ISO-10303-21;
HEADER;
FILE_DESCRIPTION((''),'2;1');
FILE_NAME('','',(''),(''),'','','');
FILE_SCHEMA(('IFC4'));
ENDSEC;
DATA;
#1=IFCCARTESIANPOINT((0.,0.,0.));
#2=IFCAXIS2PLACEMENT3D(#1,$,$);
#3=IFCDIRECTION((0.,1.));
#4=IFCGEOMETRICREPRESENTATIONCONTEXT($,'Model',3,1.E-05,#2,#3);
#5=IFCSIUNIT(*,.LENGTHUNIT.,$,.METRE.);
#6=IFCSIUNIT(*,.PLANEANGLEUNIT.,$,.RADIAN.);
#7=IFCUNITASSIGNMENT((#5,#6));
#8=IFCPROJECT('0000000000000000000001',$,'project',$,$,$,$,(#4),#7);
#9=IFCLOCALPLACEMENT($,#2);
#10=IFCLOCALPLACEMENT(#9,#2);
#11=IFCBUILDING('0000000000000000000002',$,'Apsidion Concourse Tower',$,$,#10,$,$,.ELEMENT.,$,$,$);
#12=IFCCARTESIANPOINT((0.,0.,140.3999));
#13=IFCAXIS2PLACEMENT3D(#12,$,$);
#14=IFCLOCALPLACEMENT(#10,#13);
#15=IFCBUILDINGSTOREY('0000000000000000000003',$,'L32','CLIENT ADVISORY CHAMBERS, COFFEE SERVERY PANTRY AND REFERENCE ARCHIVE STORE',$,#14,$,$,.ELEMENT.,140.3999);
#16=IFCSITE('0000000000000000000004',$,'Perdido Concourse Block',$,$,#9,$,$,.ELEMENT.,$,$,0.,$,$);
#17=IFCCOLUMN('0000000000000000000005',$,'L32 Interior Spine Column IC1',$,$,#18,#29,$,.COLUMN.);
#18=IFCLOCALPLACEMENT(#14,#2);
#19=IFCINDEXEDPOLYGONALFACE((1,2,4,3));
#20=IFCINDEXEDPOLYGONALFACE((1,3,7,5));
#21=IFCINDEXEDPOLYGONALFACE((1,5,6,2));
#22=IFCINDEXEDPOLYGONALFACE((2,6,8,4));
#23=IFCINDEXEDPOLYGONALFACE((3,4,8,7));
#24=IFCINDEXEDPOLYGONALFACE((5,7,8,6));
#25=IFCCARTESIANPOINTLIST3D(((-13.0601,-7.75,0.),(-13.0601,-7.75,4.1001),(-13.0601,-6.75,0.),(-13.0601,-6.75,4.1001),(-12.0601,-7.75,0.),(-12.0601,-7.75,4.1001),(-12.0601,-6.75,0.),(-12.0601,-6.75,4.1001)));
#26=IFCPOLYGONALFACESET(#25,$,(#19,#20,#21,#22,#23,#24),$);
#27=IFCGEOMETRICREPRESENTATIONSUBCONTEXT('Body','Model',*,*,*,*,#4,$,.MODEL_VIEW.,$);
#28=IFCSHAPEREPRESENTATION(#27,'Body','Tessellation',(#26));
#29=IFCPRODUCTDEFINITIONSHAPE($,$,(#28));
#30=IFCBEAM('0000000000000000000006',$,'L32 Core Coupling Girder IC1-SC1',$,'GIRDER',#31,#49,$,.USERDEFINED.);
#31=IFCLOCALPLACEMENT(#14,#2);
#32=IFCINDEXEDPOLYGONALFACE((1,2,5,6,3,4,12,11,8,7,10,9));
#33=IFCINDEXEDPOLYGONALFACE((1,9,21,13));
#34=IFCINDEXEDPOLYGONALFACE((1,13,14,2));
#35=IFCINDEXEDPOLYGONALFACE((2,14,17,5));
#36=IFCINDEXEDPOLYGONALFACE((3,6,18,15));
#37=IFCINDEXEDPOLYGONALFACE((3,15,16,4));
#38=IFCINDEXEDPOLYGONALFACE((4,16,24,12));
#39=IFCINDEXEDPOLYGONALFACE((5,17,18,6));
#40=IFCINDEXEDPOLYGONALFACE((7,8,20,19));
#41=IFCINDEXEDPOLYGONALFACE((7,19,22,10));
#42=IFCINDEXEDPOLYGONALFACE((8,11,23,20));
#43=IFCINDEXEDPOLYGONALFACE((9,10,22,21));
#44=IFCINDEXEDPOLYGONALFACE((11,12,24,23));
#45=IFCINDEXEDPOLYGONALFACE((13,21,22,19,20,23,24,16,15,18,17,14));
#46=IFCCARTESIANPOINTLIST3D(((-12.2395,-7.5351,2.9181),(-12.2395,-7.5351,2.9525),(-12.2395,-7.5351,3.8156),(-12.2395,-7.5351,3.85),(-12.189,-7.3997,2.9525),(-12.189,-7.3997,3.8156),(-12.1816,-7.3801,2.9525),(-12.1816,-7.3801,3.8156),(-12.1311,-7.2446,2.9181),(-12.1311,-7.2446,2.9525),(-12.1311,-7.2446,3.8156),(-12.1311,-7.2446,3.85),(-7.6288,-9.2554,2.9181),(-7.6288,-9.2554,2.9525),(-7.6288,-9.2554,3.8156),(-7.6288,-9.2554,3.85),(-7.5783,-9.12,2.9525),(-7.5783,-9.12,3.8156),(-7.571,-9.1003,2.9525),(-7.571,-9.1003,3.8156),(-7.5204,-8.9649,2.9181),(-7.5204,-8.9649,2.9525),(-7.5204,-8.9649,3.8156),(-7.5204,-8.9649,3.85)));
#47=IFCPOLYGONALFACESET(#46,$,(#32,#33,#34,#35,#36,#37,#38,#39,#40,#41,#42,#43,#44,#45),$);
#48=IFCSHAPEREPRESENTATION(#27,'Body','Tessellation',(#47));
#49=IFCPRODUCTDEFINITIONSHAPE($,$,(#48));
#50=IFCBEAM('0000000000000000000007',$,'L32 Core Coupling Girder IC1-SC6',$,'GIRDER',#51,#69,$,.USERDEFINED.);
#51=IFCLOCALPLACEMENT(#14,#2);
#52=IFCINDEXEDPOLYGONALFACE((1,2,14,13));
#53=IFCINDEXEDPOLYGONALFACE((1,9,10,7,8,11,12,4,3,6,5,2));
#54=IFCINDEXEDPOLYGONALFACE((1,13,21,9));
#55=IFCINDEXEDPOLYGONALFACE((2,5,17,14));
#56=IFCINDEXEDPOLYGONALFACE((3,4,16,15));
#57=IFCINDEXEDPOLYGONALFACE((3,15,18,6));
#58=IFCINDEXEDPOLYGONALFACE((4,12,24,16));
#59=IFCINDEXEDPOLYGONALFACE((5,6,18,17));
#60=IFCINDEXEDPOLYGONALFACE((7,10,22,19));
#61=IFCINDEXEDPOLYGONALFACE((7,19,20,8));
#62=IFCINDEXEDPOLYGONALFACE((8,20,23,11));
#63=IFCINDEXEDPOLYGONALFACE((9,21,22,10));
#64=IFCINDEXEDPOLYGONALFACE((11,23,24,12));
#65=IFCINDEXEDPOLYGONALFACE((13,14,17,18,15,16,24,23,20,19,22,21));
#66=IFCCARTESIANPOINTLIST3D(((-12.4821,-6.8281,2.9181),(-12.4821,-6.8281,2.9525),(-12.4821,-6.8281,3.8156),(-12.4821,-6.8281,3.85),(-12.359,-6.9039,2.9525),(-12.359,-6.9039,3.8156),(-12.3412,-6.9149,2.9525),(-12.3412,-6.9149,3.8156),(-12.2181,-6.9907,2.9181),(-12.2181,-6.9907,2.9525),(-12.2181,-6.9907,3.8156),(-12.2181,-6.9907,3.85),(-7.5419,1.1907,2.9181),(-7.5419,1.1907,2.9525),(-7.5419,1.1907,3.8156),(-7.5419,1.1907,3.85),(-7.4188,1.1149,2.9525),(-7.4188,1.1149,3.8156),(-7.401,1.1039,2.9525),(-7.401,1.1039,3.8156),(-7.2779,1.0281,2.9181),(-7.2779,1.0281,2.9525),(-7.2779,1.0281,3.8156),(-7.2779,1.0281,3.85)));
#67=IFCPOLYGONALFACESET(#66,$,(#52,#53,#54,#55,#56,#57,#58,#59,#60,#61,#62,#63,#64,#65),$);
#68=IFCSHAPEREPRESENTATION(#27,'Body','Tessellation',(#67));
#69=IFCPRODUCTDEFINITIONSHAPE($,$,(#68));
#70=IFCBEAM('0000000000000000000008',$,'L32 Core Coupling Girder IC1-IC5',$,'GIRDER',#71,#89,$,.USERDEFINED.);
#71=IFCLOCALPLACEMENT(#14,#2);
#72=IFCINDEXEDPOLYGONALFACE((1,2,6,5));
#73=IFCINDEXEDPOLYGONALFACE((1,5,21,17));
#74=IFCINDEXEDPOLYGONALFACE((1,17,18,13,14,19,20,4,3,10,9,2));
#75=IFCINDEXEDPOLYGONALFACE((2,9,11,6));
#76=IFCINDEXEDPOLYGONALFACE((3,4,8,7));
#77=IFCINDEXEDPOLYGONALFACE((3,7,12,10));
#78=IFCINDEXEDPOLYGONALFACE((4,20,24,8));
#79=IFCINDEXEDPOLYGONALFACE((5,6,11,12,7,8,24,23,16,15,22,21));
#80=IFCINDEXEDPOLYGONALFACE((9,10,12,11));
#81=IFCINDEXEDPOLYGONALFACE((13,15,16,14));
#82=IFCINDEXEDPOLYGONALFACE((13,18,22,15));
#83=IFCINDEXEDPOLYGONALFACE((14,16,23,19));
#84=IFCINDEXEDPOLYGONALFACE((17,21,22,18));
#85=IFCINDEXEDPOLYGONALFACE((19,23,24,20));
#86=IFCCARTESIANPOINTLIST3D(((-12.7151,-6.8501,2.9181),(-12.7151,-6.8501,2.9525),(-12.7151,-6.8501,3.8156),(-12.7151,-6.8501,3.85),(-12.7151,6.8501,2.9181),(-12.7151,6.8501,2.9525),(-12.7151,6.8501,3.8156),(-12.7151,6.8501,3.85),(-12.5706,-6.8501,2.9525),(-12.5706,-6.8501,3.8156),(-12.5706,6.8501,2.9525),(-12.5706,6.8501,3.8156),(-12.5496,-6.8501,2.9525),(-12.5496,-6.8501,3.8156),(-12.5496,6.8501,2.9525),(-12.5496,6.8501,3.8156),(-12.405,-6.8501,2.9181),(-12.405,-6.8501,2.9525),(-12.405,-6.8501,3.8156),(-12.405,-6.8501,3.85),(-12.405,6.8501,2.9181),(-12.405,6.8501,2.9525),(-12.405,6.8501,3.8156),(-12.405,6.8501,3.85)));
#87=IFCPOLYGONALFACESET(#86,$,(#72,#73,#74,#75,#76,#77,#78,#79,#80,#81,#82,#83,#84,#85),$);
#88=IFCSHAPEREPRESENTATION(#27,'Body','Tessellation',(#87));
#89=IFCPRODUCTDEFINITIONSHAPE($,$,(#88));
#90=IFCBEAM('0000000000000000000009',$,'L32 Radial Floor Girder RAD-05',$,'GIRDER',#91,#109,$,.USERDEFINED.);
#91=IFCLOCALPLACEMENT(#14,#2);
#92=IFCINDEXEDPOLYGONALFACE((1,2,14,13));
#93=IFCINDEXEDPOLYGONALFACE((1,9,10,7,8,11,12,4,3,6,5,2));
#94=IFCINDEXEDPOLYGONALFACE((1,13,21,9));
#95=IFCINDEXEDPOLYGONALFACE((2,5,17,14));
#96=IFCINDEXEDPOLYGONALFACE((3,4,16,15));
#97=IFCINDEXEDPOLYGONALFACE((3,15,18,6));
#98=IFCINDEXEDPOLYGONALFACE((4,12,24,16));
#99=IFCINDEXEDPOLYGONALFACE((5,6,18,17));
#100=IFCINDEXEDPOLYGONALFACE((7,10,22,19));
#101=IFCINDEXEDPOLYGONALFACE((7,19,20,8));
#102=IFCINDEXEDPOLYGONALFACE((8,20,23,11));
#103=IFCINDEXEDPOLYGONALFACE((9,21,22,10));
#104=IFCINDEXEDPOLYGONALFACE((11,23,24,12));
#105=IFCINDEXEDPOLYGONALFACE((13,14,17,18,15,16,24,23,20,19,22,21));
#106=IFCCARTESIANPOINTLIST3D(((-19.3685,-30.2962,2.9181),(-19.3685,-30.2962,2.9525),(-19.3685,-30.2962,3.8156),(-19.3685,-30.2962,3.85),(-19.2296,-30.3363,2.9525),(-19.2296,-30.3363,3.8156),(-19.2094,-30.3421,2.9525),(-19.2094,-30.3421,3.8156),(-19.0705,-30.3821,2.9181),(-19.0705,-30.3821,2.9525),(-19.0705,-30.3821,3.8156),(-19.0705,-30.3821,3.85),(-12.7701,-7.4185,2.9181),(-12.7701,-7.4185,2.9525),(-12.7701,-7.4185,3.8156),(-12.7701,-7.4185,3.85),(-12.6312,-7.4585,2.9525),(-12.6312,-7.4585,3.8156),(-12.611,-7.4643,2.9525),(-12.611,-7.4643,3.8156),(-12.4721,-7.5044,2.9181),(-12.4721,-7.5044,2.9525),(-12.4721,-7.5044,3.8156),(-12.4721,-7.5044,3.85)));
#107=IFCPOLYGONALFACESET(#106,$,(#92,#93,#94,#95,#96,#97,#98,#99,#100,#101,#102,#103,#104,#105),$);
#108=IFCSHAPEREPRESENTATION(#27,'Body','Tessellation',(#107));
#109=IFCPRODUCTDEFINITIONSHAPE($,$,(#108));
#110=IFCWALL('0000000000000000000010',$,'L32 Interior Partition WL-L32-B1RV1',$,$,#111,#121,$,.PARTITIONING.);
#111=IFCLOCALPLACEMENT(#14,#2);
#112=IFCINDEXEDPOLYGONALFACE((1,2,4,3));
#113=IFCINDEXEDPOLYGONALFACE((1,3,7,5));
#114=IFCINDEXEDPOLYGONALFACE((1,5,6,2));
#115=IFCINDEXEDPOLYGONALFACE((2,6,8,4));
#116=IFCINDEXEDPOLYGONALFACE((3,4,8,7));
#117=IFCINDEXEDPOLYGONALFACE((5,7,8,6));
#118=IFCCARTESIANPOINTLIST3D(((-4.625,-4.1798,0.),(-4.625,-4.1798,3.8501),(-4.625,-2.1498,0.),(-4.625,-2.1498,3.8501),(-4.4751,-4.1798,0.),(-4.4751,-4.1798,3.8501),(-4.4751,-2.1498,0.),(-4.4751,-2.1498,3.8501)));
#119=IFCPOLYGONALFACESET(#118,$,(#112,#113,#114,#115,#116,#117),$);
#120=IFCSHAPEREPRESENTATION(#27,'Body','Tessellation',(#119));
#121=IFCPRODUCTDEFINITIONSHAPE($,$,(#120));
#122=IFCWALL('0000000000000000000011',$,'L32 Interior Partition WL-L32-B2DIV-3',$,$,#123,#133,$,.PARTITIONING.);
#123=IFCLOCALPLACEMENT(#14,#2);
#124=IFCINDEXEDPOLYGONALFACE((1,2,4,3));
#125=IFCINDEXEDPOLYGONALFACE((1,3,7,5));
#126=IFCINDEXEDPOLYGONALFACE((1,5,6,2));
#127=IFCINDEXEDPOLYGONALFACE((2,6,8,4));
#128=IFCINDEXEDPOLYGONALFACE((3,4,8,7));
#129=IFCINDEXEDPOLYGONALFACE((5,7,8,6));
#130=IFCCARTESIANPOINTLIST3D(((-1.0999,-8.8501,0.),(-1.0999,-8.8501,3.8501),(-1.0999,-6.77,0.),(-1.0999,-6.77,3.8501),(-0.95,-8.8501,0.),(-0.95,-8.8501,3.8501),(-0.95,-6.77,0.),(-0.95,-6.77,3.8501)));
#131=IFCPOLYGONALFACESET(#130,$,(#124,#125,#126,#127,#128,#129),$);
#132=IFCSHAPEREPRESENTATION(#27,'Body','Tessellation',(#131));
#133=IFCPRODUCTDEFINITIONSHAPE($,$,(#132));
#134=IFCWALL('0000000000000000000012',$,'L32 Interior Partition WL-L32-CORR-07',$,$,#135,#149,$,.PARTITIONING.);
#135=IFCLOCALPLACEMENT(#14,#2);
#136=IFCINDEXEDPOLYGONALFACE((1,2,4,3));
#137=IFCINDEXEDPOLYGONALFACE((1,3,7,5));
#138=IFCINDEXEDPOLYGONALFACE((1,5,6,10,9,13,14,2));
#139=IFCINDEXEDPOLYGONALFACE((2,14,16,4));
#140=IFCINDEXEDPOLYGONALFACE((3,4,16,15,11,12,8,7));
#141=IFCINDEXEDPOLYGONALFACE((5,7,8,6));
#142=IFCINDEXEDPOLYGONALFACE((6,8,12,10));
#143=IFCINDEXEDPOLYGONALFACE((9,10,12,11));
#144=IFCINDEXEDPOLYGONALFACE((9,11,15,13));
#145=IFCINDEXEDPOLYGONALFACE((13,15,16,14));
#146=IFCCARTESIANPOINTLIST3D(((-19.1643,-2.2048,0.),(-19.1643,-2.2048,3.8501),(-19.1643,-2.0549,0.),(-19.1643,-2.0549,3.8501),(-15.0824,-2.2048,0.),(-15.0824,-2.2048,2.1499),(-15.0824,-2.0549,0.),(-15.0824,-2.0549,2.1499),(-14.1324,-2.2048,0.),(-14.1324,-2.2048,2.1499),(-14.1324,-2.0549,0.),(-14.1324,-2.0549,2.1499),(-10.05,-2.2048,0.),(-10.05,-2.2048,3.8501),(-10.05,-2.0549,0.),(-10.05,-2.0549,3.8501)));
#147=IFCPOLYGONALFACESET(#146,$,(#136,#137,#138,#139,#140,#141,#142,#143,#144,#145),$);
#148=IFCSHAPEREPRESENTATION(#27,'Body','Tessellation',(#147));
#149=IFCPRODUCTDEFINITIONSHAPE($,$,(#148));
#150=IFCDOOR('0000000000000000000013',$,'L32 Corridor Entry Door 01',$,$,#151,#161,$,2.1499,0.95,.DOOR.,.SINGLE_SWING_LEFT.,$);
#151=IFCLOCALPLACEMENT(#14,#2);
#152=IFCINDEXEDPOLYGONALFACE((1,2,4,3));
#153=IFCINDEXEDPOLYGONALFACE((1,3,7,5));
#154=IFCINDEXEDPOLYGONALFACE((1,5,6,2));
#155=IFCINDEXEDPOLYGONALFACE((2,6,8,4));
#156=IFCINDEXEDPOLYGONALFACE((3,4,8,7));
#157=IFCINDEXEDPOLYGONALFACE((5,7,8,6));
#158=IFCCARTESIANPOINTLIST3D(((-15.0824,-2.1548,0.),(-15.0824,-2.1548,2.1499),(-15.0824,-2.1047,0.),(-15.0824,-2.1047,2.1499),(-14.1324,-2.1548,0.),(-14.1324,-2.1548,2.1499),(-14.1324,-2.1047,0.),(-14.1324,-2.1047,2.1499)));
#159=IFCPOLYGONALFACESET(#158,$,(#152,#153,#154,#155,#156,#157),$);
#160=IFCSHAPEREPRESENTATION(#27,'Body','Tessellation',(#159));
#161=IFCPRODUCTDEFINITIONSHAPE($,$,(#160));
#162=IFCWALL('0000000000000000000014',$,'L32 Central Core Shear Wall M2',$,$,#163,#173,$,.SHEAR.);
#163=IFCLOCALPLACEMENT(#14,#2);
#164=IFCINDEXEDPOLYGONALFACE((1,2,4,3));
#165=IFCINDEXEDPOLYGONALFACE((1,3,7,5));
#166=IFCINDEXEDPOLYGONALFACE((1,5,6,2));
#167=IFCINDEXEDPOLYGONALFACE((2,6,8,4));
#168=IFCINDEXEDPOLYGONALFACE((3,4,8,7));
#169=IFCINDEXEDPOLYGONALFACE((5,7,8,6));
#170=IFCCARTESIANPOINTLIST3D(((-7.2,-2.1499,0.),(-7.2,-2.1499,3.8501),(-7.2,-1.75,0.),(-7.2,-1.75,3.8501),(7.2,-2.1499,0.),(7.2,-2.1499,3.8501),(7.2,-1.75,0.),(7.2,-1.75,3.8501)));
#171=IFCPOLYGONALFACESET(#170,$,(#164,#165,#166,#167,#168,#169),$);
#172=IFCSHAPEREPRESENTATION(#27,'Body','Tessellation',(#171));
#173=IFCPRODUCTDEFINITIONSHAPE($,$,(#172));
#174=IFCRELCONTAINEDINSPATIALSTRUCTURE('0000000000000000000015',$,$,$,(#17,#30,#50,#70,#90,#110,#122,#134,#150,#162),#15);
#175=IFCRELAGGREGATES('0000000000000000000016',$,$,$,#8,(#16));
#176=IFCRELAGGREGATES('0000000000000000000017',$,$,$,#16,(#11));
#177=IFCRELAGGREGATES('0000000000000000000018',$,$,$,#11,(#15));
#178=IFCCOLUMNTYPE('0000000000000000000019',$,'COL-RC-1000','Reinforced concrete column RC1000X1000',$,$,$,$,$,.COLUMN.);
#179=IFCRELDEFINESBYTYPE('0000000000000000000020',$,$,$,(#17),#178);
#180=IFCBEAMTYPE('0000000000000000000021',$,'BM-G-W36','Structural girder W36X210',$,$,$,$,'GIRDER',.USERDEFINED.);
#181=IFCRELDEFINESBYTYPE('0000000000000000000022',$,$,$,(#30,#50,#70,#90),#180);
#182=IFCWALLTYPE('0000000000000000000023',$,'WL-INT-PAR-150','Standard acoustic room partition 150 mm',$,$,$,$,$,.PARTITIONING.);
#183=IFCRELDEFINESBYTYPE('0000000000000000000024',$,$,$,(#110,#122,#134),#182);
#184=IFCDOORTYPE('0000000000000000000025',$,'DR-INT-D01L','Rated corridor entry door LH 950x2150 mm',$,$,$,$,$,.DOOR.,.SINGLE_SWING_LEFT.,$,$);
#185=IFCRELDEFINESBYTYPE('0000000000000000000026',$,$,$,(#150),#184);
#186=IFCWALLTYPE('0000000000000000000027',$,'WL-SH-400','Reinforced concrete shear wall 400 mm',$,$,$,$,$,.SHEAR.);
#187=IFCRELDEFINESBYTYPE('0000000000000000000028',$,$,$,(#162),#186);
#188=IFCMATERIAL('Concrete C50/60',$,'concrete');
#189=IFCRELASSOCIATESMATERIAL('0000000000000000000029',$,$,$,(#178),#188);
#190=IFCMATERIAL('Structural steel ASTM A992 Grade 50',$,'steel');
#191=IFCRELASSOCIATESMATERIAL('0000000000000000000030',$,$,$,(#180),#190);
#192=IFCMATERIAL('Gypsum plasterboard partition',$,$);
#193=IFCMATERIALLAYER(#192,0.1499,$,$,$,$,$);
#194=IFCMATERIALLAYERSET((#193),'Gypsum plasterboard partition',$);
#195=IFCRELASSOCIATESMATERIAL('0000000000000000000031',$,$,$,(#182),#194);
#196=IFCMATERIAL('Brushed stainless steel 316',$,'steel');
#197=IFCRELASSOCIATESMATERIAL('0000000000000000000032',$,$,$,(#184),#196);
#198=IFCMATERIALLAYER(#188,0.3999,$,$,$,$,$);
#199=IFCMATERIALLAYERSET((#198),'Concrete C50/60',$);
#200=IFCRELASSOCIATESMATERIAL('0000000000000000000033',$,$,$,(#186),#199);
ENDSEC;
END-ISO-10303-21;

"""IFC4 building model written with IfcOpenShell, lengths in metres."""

from ifc_helpers import new_model, si_unit, direction, frame, frame_2d, origin, origin_2d, place, context, subcontext, project, spatial, rectangle, i_section, extrude, material, layer, layer_set, material_profile, profile_set, type_object, element, fill, save


model = new_model("IFC4")

# Units and contexts
model_context = context("Model", 3, precision=1e-05, world=origin(), true_north=direction((0.0, 1.0)))
body_context = subcontext(model_context, "Body", "Model", "MODEL_VIEW")
ifc_project = project(units=[si_unit("LENGTHUNIT", "METRE"), si_unit("PLANEANGLEUNIT", "RADIAN")], contexts=[model_context])

# Site, building, storey
site_placement = place(None, origin())
site = spatial("IfcSite", under=ifc_project, at=site_placement, Name="Perdido Concourse Block", CompositionType="ELEMENT", RefElevation=0.0)
building_placement = place(site_placement, origin())
building = spatial("IfcBuilding", under=site, at=building_placement, Name="Apsidion Concourse Tower", CompositionType="ELEMENT")
storey_placement = place(building_placement, frame((0.0, 0.0, 140.3999)))
storey = spatial("IfcBuildingStorey", under=building, at=storey_placement, Name="L32", Description="CLIENT ADVISORY CHAMBERS, COFFEE SERVERY PANTRY AND REFERENCE ARCHIVE STORE", CompositionType="ELEMENT", Elevation=140.3999)

# Column
ifc_material_1 = material(Name="Concrete C50/60", Category="concrete")
ifc_material_profile_1 = material_profile(ifc_material_1, rectangle(XDim=1.0, YDim=1.0, at=origin_2d()), Name="RC 1000x1000")
ifc_profile_set_1 = profile_set([ifc_material_profile_1], Name="Concrete C50/60")
column_type = type_object("IfcColumnType", Name="COL-RC-1000", Description="Reinforced concrete column RC1000X1000", PredefinedType="COLUMN", material=ifc_profile_set_1)
column_placement = place(storey_placement, frame((-12.5601, -7.25, 0.0), z_axis=(0.0, 0.0, 1.0), x_axis=(1.0, 0.0, 0.0)))
element("IfcColumn", 1, at=column_placement, inside=storey, type_object=column_type, Name="L32 Interior Spine Column IC1", PredefinedType="COLUMN", context=body_context, shape_type="SweptSolid", body=[
    extrude(rectangle(XDim=1.0, YDim=1.0, at=origin_2d()), origin(), (0.0, 0.0, 1.0), 4.1001),
])

# Beams
ifc_material_2 = material(Name="Structural steel ASTM A992 Grade 50", Category="steel")
ifc_material_profile_2 = material_profile(ifc_material_2, i_section(OverallWidth=0.3101, OverallDepth=0.9319, WebThickness=0.021, FlangeThickness=0.0344, at=origin_2d()), Name="W36X210")
ifc_profile_set_2 = profile_set([ifc_material_profile_2], Name="Structural steel ASTM A992 Grade 50")
beam_type = type_object("IfcBeamType", Name="BM-G-W36", Description="Structural girder W36X210", ElementType="GIRDER", PredefinedType="USERDEFINED", material=ifc_profile_set_2)
beam_1_placement = place(storey_placement, frame((-12.1853, -7.3899, 3.384), z_axis=(0.936913, -0.349563, 0.0), x_axis=(0.349563, 0.936913, 0.0)))
element("IfcBeam", 2, at=beam_1_placement, inside=storey, type_object=beam_type, Name="L32 Core Coupling Girder IC1-SC1", ObjectType="GIRDER", PredefinedType="USERDEFINED", context=body_context, shape_type="SweptSolid", body=[
    extrude(i_section(OverallWidth=0.3101, OverallDepth=0.9319, WebThickness=0.021, FlangeThickness=0.0344, at=origin_2d()), origin(), (0.0, 0.0, 1.0), 4.9211),
])
beam_2_placement = place(storey_placement, frame((-12.3501, -6.9094, 3.384), z_axis=(0.524524, 0.851396, 0.0), x_axis=(-0.851396, 0.524524, 0.0)))
element("IfcBeam", 3, at=beam_2_placement, inside=storey, type_object=beam_type, Name="L32 Core Coupling Girder IC1-SC6", ObjectType="GIRDER", PredefinedType="USERDEFINED", context=body_context, shape_type="SweptSolid", body=[
    extrude(i_section(OverallWidth=0.3101, OverallDepth=0.9319, WebThickness=0.021, FlangeThickness=0.0344, at=origin_2d()), origin(), (0.0, 0.0, 1.0), 9.4185),
])
beam_3_placement = place(storey_placement, frame((-12.5601, -6.8501, 3.384), z_axis=(0.0, 1.0, 0.0), x_axis=(-1.0, 0.0, 0.0)))
element("IfcBeam", 4, at=beam_3_placement, inside=storey, type_object=beam_type, Name="L32 Core Coupling Girder IC1-IC5", ObjectType="GIRDER", PredefinedType="USERDEFINED", context=body_context, shape_type="SweptSolid", body=[
    extrude(i_section(OverallWidth=0.3101, OverallDepth=0.9319, WebThickness=0.021, FlangeThickness=0.0344, at=origin_2d()), origin(), (0.0, 0.0, 1.0), 13.7002),
])
beam_4_placement = place(storey_placement, frame((-12.6211, -7.4614, 3.384), z_axis=(-0.277124, -0.960834, 0.0), x_axis=(0.960834, -0.277124, 0.0)))
element("IfcBeam", 5, at=beam_4_placement, inside=storey, type_object=beam_type, Name="L32 Radial Floor Girder RAD-05", ObjectType="GIRDER", PredefinedType="USERDEFINED", context=body_context, shape_type="SweptSolid", body=[
    extrude(i_section(OverallWidth=0.3101, OverallDepth=0.9319, WebThickness=0.021, FlangeThickness=0.0344, at=origin_2d()), origin(), (0.0, 0.0, 1.0), 23.8103),
])

# Walls
ifc_material_3 = material(Name="Gypsum plasterboard partition")
ifc_layer_1 = layer(ifc_material_3, 0.1499)
ifc_layer_set_1 = layer_set([ifc_layer_1], Name="Gypsum plasterboard partition")
wall_type_1 = type_object("IfcWallType", Name="WL-INT-PAR-150", Description="Standard acoustic room partition 150 mm", PredefinedType="PARTITIONING", material=ifc_layer_set_1)
wall_1_placement = place(storey_placement, frame((-4.55, -4.1799, 0.0), z_axis=(0.0, 0.0, 1.0), x_axis=(0.0, 1.0, 0.0)))
element("IfcWall", 6, at=wall_1_placement, inside=storey, type_object=wall_type_1, Name="L32 Interior Partition WL-L32-B1RV1", PredefinedType="PARTITIONING", context=body_context, shape_type="SweptSolid", body=[
    extrude(rectangle(XDim=2.03, YDim=0.1499, at=frame_2d((1.0151, 0.0))), origin(), (0.0, 0.0, 1.0), 3.8501),
])
wall_2_placement = place(storey_placement, frame((-1.0249, -8.8501, 0.0), z_axis=(0.0, 0.0, 1.0), x_axis=(0.0, 1.0, 0.0)))
element("IfcWall", 7, at=wall_2_placement, inside=storey, type_object=wall_type_1, Name="L32 Interior Partition WL-L32-B2DIV-3", PredefinedType="PARTITIONING", context=body_context, shape_type="SweptSolid", body=[
    extrude(rectangle(XDim=2.0801, YDim=0.1499, at=frame_2d((1.04, 0.0))), origin(), (0.0, 0.0, 1.0), 3.8501),
])

# Wall, opening, door
wall_3_placement = place(storey_placement, frame((-10.05, -2.1299, 0.0), z_axis=(0.0, 0.0, 1.0), x_axis=(-1.0, 0.0, 0.0)))
wall_3 = element("IfcWall", 8, at=wall_3_placement, inside=storey, type_object=wall_type_1, Name="L32 Interior Partition WL-L32-CORR-07", PredefinedType="PARTITIONING", context=body_context, shape_type="SweptSolid", body=[
    extrude(rectangle(XDim=9.1143, YDim=0.1499, at=frame_2d((4.5571, 0.0))), origin(), (0.0, 0.0, 1.0), 3.8501),
])
opening_1_placement = place(wall_3_placement, frame((4.0823, 0.0, 0.0)))
opening_1 = element("IfcOpeningElement", 9, at=opening_1_placement, cuts=wall_3, PredefinedType="OPENING", context=body_context, shape_type="SweptSolid", body=[
    extrude(rectangle(XDim=0.95, YDim=2.1499, at=frame_2d((0.4751, 1.075))), frame((0.0, 0.085, 0.0), z_axis=(0.0, -1.0, 0.0), x_axis=(1.0, 0.0, 0.0)), (0.0, 0.0, 1.0), 0.1699),
])
ifc_material_4 = material(Name="Brushed stainless steel 316", Category="steel")
door_type_1 = type_object("IfcDoorType", Name="DR-INT-D01L", Description="Rated corridor entry door LH 950x2150 mm", OperationType="SINGLE_SWING_LEFT", PredefinedType="DOOR", material=ifc_material_4)
door_1_placement = place(opening_1_placement, origin())
door_1 = element("IfcDoor", 10, at=door_1_placement, inside=storey, type_object=door_type_1, Name="L32 Corridor Entry Door 01", OperationType="SINGLE_SWING_LEFT", OverallHeight=2.1499, OverallWidth=0.95, PredefinedType="DOOR", context=body_context, shape_type="SweptSolid", body=[
    extrude(rectangle(XDim=0.95, YDim=2.1499, at=frame_2d((0.4751, 1.075))), frame((0.0, 0.0249, 0.0), z_axis=(0.0, -1.0, 0.0), x_axis=(1.0, 0.0, 0.0)), (0.0, 0.0, 1.0), 0.05),
])
fill(opening_1, door_1)

# Wall
ifc_layer_2 = layer(ifc_material_1, 0.3999)
ifc_layer_set_2 = layer_set([ifc_layer_2], Name="Concrete C50/60")
wall_type_2 = type_object("IfcWallType", Name="WL-SH-400", Description="Reinforced concrete shear wall 400 mm", PredefinedType="SHEAR", material=ifc_layer_set_2)
wall_4_placement = place(storey_placement, frame((-7.2, -1.95, 0.0), z_axis=(0.0, 0.0, 1.0), x_axis=(1.0, 0.0, 0.0)))
element("IfcWall", 11, at=wall_4_placement, inside=storey, type_object=wall_type_2, Name="L32 Central Core Shear Wall M2", PredefinedType="SHEAR", context=body_context, shape_type="SweptSolid", body=[
    extrude(rectangle(XDim=14.3999, YDim=0.3999, at=frame_2d((7.2, 0.0))), origin(), (0.0, 0.0, 1.0), 3.8501),
])

save(model, "model.ifc")
